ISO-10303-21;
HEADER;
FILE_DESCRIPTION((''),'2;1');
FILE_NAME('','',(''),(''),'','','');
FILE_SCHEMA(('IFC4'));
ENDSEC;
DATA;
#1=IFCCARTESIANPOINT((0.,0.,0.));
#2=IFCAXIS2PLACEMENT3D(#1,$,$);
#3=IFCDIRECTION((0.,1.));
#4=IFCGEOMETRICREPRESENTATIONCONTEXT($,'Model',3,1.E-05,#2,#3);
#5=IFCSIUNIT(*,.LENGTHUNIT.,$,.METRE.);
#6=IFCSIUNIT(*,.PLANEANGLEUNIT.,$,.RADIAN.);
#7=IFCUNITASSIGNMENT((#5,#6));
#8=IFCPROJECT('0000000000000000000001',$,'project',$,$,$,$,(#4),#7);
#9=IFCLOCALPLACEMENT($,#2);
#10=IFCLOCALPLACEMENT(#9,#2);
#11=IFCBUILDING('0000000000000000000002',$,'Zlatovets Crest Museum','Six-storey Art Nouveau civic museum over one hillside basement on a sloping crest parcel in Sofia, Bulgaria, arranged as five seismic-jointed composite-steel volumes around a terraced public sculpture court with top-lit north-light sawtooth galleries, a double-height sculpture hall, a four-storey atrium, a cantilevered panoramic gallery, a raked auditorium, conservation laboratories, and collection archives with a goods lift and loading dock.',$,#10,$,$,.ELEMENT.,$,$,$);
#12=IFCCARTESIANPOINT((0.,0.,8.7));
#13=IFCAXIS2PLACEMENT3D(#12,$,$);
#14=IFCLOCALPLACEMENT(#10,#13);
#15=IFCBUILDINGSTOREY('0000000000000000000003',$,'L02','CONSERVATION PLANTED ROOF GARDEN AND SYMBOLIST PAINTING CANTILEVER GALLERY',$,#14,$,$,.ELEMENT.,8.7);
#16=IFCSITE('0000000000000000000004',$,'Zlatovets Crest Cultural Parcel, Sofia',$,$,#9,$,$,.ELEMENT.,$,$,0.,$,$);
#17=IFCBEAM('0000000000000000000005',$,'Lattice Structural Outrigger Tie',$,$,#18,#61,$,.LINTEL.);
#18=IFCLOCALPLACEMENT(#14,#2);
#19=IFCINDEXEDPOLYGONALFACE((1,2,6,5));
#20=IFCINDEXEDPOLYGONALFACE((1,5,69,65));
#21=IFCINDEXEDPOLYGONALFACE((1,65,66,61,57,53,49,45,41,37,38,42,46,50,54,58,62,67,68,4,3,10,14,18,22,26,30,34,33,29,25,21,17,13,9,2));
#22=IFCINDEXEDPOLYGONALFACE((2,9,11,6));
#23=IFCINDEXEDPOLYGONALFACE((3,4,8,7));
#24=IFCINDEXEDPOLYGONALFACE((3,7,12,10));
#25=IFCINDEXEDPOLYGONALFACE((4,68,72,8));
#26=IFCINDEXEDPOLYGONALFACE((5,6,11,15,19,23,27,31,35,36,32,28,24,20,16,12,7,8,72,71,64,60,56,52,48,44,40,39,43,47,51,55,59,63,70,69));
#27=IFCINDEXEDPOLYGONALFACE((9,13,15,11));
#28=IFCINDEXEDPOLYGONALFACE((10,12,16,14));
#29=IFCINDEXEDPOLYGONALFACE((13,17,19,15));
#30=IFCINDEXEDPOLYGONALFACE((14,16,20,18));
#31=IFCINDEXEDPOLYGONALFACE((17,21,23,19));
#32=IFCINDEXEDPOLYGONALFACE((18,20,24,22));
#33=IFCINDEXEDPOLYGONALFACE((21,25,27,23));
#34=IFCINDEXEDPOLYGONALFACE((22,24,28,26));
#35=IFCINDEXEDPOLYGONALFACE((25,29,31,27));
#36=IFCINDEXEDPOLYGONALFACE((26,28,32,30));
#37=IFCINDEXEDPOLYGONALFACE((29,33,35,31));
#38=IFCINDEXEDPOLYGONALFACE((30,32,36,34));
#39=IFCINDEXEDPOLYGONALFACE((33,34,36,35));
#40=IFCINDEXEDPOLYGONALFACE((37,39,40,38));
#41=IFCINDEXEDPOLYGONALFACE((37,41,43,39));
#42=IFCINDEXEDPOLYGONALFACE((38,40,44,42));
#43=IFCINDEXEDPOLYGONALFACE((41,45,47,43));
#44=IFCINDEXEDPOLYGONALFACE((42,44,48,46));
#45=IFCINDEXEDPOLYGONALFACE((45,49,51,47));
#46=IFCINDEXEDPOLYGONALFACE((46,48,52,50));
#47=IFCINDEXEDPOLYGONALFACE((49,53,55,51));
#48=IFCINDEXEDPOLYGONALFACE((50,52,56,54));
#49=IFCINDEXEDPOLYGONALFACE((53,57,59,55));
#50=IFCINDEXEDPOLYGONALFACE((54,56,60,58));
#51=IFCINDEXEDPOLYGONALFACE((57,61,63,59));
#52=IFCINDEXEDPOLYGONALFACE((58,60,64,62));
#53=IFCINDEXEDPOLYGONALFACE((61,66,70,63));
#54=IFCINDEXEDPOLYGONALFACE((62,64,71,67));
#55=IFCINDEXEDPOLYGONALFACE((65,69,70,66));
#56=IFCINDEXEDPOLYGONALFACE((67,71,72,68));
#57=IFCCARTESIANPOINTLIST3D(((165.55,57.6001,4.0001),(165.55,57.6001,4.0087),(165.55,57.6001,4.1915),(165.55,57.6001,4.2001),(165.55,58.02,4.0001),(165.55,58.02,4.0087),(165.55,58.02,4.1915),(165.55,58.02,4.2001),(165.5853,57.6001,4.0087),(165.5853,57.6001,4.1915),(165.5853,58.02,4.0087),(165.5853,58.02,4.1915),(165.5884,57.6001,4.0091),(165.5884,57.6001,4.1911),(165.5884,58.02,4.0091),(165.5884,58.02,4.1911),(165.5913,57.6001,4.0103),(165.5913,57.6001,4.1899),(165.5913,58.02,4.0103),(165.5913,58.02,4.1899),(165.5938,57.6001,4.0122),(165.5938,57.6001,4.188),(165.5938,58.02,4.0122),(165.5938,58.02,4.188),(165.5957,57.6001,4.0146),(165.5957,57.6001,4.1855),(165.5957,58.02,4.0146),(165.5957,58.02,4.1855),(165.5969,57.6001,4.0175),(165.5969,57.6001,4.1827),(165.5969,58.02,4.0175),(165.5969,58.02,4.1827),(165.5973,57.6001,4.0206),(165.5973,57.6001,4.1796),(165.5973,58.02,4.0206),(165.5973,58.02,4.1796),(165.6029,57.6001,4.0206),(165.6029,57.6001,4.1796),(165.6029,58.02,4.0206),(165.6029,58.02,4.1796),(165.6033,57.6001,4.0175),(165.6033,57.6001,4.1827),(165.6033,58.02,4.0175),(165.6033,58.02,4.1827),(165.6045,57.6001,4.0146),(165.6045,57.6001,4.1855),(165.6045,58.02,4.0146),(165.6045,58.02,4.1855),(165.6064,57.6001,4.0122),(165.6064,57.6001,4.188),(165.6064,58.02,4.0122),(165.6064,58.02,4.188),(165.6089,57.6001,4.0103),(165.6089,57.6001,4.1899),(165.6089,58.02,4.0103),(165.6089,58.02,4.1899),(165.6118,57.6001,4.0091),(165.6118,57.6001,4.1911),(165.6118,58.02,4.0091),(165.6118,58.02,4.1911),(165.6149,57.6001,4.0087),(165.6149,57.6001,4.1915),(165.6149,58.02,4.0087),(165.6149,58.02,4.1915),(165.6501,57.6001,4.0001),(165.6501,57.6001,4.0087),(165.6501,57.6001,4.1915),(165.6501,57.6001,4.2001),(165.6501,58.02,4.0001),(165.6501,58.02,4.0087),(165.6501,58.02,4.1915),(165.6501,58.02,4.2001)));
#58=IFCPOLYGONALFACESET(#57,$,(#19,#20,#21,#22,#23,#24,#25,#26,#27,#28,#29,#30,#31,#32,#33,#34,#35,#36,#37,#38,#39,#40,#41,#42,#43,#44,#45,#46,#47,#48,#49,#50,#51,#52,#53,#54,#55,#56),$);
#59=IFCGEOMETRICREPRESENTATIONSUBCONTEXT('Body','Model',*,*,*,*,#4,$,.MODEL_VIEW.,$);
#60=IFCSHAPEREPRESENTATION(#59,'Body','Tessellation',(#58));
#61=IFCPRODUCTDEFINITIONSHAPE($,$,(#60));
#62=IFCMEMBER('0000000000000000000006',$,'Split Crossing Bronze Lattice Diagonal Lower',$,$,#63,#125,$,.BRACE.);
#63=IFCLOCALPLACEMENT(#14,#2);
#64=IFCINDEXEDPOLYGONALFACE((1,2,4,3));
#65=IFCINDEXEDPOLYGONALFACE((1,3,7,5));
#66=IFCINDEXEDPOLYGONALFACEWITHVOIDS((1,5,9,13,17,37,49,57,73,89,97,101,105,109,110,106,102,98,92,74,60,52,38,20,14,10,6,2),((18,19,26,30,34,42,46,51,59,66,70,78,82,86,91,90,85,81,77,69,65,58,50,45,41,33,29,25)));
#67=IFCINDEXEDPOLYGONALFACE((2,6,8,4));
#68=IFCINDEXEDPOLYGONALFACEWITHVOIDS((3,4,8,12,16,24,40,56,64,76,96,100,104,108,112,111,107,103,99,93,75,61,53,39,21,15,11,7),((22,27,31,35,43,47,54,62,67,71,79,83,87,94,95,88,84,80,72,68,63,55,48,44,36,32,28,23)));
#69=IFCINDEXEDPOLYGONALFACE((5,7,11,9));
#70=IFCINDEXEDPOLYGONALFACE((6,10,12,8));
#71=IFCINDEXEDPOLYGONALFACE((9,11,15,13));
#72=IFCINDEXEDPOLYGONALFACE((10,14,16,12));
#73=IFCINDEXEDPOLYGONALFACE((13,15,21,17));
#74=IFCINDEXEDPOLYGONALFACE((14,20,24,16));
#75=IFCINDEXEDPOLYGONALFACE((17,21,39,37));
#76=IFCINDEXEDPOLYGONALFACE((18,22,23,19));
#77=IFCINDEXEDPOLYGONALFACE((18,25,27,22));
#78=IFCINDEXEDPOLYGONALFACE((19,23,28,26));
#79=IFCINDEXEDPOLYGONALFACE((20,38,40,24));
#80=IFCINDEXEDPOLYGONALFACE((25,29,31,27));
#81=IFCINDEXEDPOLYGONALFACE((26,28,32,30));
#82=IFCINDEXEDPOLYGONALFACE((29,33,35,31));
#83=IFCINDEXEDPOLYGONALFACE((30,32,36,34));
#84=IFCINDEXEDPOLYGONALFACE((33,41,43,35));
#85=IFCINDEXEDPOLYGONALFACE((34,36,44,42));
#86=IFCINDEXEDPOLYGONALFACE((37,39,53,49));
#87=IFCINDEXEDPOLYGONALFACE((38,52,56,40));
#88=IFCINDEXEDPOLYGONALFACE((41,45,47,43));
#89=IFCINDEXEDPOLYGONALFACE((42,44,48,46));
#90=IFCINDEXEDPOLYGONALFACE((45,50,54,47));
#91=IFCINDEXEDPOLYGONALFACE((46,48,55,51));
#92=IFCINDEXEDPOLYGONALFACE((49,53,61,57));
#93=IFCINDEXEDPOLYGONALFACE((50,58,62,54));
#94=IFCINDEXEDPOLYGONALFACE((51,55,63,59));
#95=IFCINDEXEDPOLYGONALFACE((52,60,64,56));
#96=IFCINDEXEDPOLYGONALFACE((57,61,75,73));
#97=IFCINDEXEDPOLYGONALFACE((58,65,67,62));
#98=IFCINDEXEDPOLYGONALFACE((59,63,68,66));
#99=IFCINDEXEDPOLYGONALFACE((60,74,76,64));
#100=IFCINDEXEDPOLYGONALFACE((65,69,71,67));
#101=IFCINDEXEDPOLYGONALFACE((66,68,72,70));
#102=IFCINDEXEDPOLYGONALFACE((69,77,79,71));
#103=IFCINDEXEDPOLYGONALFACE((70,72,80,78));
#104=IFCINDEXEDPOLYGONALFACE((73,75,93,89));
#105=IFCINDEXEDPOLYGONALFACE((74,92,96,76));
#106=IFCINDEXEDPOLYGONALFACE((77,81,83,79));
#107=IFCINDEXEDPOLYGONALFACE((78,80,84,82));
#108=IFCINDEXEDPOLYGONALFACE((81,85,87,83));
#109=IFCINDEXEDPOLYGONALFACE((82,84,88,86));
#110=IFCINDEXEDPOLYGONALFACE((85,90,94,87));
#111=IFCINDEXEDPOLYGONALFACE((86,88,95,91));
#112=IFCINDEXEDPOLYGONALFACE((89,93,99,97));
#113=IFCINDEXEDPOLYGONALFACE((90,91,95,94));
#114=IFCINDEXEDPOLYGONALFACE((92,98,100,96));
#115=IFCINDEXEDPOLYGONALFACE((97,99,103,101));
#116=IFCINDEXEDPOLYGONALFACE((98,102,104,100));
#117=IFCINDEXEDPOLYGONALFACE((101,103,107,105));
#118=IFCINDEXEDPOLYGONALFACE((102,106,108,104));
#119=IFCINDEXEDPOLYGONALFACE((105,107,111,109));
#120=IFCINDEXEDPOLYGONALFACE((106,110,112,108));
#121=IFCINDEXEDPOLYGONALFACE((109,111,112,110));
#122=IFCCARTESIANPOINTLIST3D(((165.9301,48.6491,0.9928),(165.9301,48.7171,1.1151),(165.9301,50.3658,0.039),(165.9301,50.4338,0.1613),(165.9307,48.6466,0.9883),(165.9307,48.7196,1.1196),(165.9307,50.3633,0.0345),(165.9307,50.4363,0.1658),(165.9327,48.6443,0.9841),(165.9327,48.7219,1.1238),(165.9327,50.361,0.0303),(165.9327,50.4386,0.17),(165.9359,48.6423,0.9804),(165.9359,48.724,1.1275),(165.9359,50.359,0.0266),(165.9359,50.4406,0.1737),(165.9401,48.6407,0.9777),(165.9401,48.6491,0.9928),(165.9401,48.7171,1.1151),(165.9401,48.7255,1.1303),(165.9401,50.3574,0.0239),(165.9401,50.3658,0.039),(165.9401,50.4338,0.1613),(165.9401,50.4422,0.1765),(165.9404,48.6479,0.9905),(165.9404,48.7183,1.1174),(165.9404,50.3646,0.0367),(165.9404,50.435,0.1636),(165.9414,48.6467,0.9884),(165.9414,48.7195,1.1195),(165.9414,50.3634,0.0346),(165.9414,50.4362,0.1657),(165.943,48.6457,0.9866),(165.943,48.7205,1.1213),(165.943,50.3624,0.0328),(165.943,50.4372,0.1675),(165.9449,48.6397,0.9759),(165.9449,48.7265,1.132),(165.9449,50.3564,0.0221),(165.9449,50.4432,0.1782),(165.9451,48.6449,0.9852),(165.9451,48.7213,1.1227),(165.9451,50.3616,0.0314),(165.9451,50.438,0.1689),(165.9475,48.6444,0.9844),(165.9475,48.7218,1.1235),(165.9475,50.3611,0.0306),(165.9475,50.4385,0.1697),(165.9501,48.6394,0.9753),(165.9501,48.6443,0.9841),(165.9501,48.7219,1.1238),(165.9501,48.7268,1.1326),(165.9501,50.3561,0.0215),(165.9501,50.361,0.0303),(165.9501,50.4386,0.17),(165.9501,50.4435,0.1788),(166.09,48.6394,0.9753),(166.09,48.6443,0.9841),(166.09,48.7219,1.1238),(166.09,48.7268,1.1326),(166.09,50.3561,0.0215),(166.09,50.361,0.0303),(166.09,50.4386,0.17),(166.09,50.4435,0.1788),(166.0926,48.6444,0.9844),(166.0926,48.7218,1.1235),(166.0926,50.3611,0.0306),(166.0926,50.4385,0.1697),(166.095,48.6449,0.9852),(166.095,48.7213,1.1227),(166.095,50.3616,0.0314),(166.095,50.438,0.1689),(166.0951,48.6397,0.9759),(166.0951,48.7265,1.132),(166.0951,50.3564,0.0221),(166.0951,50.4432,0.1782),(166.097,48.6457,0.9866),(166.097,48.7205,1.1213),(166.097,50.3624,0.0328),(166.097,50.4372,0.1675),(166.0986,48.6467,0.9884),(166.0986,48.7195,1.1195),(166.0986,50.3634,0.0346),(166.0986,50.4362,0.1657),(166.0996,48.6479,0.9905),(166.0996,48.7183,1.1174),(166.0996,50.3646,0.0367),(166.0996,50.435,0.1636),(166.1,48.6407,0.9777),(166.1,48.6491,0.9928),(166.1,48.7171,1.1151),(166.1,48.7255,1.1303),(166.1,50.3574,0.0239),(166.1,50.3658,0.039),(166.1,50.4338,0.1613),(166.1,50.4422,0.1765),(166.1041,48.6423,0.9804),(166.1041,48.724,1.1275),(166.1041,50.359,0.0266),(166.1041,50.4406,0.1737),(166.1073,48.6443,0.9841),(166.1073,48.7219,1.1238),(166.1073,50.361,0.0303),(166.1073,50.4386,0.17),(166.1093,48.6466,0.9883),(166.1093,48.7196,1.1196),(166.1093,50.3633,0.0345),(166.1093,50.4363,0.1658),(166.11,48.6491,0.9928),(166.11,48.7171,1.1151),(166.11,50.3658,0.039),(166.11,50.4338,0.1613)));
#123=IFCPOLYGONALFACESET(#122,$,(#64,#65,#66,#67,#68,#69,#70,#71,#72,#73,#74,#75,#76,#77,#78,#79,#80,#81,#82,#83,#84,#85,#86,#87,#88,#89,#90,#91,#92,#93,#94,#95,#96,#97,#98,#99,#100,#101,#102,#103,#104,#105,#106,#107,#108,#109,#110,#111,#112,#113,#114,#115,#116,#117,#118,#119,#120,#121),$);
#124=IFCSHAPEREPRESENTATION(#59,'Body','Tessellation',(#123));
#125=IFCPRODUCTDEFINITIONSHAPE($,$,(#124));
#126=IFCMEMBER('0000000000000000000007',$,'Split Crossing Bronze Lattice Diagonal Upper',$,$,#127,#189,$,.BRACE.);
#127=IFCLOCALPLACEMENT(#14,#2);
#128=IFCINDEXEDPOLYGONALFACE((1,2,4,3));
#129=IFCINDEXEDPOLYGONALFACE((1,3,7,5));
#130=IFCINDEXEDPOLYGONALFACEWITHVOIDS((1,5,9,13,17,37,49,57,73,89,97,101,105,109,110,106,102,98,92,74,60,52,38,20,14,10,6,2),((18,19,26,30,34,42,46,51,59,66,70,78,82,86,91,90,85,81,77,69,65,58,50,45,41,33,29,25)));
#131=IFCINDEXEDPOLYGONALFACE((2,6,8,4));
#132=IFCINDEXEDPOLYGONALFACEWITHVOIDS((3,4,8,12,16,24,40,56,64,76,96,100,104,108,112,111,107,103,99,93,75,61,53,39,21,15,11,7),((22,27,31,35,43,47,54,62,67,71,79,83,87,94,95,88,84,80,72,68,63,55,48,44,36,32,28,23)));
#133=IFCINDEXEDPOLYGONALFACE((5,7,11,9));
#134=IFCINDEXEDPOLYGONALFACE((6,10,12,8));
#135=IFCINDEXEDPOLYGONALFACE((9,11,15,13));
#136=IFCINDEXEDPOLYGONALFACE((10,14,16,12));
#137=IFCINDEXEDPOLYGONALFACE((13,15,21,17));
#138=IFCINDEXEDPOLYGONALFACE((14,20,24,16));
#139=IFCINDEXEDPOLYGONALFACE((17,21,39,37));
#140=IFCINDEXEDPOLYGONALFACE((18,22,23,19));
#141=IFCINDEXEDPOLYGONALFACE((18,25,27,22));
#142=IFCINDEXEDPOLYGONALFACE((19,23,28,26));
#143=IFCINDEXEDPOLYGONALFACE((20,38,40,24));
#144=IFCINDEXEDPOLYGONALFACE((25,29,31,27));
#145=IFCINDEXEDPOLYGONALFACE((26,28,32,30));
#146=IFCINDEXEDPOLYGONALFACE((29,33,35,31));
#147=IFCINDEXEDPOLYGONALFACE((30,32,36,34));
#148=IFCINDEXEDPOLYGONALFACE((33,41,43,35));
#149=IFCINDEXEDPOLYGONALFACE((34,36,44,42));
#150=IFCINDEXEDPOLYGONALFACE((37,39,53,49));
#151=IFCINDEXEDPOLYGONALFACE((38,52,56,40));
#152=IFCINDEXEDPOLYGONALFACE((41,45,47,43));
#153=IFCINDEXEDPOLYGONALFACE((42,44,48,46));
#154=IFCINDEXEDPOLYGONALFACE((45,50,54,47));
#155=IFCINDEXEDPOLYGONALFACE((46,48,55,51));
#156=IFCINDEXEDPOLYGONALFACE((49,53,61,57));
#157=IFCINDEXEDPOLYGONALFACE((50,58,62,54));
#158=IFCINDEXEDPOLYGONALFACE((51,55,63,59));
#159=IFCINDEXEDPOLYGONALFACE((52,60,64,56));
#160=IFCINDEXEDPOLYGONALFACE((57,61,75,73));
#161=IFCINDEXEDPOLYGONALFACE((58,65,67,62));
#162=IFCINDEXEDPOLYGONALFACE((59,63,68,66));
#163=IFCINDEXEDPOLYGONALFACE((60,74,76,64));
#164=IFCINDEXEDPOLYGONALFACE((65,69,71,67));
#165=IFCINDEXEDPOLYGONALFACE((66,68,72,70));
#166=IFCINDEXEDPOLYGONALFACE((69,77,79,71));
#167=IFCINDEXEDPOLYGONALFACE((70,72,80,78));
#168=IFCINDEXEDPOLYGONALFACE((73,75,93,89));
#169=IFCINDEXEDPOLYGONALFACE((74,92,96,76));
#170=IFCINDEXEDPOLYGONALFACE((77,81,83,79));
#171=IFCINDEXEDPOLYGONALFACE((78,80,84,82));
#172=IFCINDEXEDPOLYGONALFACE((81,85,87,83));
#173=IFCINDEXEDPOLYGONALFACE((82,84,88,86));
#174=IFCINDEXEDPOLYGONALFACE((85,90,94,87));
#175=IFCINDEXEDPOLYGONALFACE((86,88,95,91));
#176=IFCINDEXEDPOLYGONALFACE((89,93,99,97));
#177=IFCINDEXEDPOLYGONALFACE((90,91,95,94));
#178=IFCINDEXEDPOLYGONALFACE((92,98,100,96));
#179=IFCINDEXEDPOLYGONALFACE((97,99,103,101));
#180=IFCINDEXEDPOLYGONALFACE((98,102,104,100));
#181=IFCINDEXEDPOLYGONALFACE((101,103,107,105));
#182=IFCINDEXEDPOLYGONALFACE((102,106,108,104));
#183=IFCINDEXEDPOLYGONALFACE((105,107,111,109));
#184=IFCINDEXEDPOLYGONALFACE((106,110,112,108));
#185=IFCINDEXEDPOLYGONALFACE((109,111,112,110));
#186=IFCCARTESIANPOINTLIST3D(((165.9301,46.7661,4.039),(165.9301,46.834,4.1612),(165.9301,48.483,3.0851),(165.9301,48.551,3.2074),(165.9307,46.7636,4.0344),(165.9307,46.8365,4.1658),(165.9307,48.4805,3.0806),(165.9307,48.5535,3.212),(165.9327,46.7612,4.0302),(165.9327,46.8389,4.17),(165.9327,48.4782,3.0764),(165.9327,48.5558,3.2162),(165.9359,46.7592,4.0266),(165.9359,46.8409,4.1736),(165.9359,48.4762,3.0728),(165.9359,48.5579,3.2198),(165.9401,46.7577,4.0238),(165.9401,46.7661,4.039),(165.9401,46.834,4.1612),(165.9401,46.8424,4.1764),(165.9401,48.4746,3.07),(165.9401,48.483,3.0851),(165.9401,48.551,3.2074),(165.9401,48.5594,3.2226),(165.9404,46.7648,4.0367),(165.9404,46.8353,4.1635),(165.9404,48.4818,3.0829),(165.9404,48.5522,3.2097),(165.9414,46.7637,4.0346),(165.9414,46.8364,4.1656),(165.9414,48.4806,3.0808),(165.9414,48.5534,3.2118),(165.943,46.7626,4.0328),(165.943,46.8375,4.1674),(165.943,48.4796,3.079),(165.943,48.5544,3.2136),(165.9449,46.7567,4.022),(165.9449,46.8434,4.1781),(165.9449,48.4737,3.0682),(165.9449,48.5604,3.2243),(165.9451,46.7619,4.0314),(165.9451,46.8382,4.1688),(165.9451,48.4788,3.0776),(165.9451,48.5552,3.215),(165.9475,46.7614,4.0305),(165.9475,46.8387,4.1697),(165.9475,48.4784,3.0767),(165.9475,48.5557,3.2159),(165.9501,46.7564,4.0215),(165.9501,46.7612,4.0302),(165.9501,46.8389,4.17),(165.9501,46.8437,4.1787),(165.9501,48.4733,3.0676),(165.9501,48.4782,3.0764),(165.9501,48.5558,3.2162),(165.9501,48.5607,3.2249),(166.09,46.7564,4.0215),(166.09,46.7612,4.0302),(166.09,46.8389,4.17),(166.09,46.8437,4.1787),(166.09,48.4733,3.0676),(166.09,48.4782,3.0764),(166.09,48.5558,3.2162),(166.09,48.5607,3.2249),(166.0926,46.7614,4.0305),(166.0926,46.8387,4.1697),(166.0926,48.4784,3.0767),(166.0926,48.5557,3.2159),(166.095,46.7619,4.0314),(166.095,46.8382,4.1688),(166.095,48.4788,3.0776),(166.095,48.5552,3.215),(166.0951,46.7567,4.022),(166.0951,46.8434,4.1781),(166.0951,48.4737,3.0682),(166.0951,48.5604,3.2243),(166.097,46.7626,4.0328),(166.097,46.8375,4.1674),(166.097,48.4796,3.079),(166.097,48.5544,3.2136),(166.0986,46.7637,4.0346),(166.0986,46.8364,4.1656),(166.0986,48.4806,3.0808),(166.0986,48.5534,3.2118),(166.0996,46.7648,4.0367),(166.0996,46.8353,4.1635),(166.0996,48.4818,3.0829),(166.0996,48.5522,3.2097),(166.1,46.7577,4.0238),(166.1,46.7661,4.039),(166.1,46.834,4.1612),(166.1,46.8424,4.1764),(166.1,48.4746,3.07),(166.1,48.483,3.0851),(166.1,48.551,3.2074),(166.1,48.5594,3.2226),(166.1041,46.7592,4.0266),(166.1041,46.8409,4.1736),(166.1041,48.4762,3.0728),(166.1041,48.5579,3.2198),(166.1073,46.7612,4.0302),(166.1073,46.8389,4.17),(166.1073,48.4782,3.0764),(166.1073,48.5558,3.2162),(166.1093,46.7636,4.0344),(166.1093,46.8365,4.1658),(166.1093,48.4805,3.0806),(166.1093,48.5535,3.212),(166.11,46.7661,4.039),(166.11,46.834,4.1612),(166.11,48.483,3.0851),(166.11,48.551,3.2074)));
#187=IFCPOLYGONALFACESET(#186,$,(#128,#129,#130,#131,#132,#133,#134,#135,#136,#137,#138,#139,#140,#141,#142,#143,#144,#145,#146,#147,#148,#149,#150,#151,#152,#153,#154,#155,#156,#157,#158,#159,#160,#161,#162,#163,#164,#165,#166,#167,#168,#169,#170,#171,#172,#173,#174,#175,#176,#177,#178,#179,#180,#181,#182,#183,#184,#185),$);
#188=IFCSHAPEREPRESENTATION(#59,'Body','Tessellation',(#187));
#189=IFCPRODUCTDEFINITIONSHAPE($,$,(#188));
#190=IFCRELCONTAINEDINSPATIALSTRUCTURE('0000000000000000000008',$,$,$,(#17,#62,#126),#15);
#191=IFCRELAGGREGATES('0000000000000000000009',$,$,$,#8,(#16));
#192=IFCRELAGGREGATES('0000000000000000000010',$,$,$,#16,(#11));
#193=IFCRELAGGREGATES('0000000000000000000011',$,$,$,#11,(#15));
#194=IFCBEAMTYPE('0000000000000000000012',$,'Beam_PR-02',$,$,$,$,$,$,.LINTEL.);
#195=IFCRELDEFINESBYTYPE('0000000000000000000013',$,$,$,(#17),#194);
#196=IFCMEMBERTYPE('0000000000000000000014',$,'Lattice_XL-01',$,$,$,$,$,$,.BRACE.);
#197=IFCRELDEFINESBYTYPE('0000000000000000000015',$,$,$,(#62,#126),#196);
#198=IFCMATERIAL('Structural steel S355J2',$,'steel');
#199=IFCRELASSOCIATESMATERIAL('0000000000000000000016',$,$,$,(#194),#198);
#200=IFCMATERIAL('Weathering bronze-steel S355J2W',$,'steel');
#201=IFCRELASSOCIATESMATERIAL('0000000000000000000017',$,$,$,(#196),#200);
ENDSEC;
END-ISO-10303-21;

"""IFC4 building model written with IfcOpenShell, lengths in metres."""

from ifc_helpers import new_model, si_unit, direction, frame, origin, origin_2d, place, context, subcontext, project, spatial, hollow_rectangle, i_section, extrude, material, material_profile, profile_set, type_object, element, save


model = new_model("IFC4")

# Units and contexts
model_context = context("Model", 3, precision=1e-05, world=origin(), true_north=direction((0.0, 1.0)))
body_context = subcontext(model_context, "Body", "Model", "MODEL_VIEW")
ifc_project = project(units=[si_unit("LENGTHUNIT", "METRE"), si_unit("PLANEANGLEUNIT", "RADIAN")], contexts=[model_context])

# Site, building, storey
site_placement = place(None, origin())
site = spatial("IfcSite", under=ifc_project, at=site_placement, Name="Zlatovets Crest Cultural Parcel, Sofia", CompositionType="ELEMENT", RefElevation=0.0)
building_placement = place(site_placement, origin())
building = spatial("IfcBuilding", under=site, at=building_placement, Name="Zlatovets Crest Museum", Description="Six-storey Art Nouveau civic museum over one hillside basement on a sloping crest parcel in Sofia, Bulgaria, arranged as five seismic-jointed composite-steel volumes around a terraced public sculpture court with top-lit north-light sawtooth galleries, a double-height sculpture hall, a four-storey atrium, a cantilevered panoramic gallery, a raked auditorium, conservation laboratories, and collection archives with a goods lift and loading dock.", CompositionType="ELEMENT")
storey_placement = place(building_placement, frame((0.0, 0.0, 8.7)))
storey = spatial("IfcBuildingStorey", under=building, at=storey_placement, Name="L02", Description="CONSERVATION PLANTED ROOF GARDEN AND SYMBOLIST PAINTING CANTILEVER GALLERY", CompositionType="ELEMENT", Elevation=8.7)

# Shared definitions
ifc_material_1 = material(Name="Structural steel S355J2", Category="steel")

# Beam
ifc_material_profile_1 = material_profile(ifc_material_1, i_section(OverallWidth=0.1001, OverallDepth=0.2, WebThickness=0.0056, FlangeThickness=0.0085, FilletRadius=0.012, at=origin_2d()), Name="IPE 200")
ifc_profile_set_1 = profile_set([ifc_material_profile_1], Name="Structural steel S355J2")
beam_type_1 = type_object("IfcBeamType", Name="Beam_PR-02", PredefinedType="LINTEL", material=ifc_profile_set_1)
for number, where, z_axis, x_axis, name in (
    (1, (165.6001, 57.6001, 4.1001), (0.0, 1.0, 0.0), (-1.0, 0.0, 0.0), "Lattice Structural Outrigger Tie"),
):
    element("IfcBeam", number, at=place(storey_placement, frame(where, z_axis=z_axis, x_axis=x_axis)), inside=storey, type_object=beam_type_1, Name=name, PredefinedType="LINTEL", context=body_context, shape_type="SweptSolid", body=[
        extrude(i_section(OverallWidth=0.1001, OverallDepth=0.2, WebThickness=0.0056, FlangeThickness=0.0085, FilletRadius=0.012, at=origin_2d()), origin(), (0.0, 0.0, 1.0), 0.4199),
    ])

# Members
ifc_material_2 = material(Name="Weathering bronze-steel S355J2W", Category="steel")
ifc_material_profile_2 = material_profile(ifc_material_2, hollow_rectangle(XDim=0.1799, YDim=0.1799, WallThickness=0.01, InnerFilletRadius=0.01, OuterFilletRadius=0.02, at=origin_2d()), Name="SHS 180x180x10.0")
ifc_profile_set_2 = profile_set([ifc_material_profile_2], Name="Weathering bronze-steel S355J2W")
member_type_1 = type_object("IfcMemberType", Name="Lattice_XL-01", PredefinedType="BRACE", material=ifc_profile_set_2)
member_1_placement = place(storey_placement, frame((166.02, 48.6831, 1.054), z_axis=(0.0, 0.87414, -0.485675), x_axis=(-1.0, 0.0, 0.0)))
element("IfcMember", 2, at=member_1_placement, inside=storey, type_object=member_type_1, Name="Split Crossing Bronze Lattice Diagonal Lower", PredefinedType="BRACE", context=body_context, shape_type="SweptSolid", body=[
    extrude(hollow_rectangle(XDim=0.1799, YDim=0.1799, WallThickness=0.01, InnerFilletRadius=0.01, OuterFilletRadius=0.02, at=origin_2d()), origin(), (0.0, 0.0, 1.0), 1.9639),
])
member_2_placement = place(storey_placement, frame((166.02, 46.8, 4.1001), z_axis=(0.0, 0.874169, -0.485622), x_axis=(-1.0, 0.0, 0.0)))
element("IfcMember", 3, at=member_2_placement, inside=storey, type_object=member_type_1, Name="Split Crossing Bronze Lattice Diagonal Upper", PredefinedType="BRACE", context=body_context, shape_type="SweptSolid", body=[
    extrude(hollow_rectangle(XDim=0.1799, YDim=0.1799, WallThickness=0.01, InnerFilletRadius=0.01, OuterFilletRadius=0.02, at=origin_2d()), origin(), (0.0, 0.0, 1.0), 1.9641),
])

save(model, "model.ifc")
